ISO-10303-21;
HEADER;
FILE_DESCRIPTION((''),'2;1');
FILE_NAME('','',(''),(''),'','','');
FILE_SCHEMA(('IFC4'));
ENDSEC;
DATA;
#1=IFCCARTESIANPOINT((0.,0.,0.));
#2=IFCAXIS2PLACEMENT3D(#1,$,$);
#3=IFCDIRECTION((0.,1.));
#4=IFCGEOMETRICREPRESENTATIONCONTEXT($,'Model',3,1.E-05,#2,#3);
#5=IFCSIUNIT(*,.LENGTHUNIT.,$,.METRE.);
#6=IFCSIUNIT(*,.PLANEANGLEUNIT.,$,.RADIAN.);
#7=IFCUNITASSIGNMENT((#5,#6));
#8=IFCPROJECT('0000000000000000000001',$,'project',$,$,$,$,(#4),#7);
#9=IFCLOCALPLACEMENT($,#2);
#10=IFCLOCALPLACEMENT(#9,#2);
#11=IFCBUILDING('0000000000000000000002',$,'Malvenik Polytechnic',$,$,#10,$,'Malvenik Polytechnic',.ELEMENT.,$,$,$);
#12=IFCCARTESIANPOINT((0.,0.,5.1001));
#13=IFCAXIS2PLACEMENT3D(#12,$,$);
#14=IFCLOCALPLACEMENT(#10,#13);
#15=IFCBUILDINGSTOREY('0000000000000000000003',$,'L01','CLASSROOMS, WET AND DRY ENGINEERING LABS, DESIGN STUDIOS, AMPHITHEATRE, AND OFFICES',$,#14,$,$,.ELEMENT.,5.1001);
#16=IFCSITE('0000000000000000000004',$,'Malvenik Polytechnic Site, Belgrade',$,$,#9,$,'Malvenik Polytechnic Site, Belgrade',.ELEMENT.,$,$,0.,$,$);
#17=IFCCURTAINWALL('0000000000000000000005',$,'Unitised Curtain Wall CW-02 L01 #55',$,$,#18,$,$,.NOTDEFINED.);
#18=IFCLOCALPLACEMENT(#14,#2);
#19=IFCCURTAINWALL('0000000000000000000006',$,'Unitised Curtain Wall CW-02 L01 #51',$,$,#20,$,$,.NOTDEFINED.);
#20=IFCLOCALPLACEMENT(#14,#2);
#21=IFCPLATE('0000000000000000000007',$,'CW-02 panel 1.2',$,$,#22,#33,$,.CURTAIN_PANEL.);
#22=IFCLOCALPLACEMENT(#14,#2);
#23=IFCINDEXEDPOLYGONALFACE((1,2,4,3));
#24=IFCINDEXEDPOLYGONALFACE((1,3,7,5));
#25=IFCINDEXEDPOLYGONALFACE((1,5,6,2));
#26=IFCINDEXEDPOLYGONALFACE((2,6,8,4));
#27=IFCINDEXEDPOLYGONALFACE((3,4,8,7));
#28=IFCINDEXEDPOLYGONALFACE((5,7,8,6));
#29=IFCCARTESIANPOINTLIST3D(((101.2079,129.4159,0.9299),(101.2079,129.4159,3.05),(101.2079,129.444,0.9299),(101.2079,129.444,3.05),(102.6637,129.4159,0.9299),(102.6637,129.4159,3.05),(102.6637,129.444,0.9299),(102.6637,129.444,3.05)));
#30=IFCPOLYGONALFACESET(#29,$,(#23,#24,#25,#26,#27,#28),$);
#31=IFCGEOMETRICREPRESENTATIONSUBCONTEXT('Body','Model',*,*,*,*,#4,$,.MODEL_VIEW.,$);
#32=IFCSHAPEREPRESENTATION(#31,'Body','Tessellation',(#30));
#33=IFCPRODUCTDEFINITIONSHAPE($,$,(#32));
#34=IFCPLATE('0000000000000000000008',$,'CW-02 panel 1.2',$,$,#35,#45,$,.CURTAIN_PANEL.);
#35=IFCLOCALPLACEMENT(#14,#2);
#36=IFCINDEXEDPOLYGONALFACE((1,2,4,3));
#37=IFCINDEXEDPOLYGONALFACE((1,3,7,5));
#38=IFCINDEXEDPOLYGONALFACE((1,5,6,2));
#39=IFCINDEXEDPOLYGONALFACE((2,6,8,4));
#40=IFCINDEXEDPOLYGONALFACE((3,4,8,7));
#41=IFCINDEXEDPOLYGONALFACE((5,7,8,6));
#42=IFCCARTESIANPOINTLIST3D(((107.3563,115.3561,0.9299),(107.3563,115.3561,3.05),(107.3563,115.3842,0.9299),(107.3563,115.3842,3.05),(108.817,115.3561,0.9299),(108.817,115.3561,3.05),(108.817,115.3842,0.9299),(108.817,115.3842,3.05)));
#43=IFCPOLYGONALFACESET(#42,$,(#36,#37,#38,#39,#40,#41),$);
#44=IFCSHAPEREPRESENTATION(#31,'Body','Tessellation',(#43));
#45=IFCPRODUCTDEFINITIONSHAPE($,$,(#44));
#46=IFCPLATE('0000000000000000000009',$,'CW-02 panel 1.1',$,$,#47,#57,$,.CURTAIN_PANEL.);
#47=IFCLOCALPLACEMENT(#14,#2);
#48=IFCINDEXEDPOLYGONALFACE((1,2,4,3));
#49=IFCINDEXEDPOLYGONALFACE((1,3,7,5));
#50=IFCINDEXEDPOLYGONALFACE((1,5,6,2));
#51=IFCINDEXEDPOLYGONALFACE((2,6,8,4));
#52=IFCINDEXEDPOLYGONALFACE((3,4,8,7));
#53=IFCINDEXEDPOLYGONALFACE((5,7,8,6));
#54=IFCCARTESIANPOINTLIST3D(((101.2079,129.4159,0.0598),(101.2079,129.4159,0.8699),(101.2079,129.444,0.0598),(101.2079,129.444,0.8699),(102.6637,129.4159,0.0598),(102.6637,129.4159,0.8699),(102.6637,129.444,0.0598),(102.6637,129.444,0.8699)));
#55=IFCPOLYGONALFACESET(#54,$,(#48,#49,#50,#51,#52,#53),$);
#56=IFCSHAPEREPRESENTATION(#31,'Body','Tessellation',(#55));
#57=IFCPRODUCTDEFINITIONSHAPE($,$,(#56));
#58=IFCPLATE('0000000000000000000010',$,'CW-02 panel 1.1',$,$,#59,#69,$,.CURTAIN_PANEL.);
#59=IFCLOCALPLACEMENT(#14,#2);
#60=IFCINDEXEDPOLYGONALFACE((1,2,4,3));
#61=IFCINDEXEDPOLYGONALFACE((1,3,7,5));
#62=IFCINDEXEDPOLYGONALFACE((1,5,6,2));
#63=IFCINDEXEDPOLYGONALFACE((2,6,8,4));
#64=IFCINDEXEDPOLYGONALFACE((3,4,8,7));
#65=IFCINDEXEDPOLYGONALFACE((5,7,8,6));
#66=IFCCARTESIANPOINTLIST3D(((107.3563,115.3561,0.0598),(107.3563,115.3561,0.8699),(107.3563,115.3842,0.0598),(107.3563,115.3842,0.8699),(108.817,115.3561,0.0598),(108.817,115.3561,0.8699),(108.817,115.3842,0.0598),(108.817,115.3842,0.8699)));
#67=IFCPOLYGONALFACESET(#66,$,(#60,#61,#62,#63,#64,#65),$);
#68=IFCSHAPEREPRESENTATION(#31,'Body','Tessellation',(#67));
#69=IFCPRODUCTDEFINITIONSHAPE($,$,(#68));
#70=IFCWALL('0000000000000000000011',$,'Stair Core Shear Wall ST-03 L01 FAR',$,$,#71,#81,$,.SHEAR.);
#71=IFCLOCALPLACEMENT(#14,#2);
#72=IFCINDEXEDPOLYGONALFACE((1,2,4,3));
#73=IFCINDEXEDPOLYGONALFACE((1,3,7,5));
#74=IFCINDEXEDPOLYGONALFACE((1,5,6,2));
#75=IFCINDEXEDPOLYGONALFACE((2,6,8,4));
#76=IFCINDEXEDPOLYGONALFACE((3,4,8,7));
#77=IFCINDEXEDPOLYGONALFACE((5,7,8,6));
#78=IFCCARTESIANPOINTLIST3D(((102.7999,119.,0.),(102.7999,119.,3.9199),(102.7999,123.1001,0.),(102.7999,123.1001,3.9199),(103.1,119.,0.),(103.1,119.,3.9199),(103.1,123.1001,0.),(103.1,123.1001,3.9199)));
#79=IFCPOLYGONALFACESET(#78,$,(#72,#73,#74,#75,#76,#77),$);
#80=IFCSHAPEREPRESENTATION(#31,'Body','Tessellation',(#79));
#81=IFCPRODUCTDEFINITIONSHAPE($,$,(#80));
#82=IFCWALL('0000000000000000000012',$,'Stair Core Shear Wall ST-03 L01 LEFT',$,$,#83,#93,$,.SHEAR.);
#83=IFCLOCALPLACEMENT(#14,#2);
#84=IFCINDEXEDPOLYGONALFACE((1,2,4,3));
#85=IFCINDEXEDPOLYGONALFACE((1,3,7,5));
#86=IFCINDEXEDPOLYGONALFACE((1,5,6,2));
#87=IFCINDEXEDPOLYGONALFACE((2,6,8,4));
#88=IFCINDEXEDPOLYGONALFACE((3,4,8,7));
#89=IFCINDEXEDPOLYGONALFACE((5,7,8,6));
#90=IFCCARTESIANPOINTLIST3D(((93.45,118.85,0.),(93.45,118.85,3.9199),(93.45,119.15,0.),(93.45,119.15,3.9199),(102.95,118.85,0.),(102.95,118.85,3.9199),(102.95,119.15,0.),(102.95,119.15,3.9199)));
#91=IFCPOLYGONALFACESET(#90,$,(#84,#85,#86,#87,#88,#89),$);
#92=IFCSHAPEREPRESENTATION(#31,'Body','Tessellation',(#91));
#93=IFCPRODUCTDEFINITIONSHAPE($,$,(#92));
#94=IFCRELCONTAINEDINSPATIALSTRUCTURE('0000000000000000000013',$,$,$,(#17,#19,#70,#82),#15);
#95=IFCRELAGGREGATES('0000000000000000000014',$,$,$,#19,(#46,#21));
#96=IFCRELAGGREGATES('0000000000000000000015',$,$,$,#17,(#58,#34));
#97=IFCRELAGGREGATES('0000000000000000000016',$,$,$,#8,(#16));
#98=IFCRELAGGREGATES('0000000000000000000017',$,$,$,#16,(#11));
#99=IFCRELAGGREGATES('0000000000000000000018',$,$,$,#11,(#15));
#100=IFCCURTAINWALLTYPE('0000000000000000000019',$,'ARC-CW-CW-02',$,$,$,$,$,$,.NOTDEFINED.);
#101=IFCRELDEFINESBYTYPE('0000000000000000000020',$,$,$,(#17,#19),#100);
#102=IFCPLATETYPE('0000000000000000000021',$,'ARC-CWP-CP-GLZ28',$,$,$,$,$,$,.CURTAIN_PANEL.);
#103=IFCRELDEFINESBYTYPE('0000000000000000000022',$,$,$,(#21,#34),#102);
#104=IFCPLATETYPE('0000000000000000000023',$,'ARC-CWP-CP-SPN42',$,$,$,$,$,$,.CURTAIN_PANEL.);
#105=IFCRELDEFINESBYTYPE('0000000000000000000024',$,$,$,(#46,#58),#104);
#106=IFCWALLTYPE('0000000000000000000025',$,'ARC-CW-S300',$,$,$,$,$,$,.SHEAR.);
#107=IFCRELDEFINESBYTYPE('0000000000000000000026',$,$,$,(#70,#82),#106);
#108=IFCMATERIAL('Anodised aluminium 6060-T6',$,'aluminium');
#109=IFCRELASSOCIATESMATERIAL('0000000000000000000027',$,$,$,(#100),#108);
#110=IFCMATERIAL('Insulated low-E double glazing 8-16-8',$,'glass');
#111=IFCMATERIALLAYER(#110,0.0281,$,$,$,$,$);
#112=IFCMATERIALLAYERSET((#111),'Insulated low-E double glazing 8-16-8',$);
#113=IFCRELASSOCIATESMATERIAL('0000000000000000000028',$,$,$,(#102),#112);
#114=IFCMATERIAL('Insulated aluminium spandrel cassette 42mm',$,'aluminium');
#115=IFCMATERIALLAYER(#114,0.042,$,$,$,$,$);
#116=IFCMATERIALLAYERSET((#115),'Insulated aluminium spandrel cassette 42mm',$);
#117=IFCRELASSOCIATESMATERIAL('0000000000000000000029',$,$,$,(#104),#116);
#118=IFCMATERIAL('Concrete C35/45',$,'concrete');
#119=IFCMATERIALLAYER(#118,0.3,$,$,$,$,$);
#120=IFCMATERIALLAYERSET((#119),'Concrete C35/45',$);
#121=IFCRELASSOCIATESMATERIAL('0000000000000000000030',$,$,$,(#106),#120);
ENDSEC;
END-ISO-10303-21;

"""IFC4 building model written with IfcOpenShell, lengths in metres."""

from ifc_helpers import new_model, si_unit, direction, frame, frame_2d, origin, origin_2d, place, context, subcontext, project, spatial, rectangle, extrude, material, layer, layer_set, type_object, element, aggregate, save


model = new_model("IFC4")

# Units and contexts
model_context = context("Model", 3, precision=1e-05, world=origin(), true_north=direction((0.0, 1.0)))
body_context = subcontext(model_context, "Body", "Model", "MODEL_VIEW")
ifc_project = project(units=[si_unit("LENGTHUNIT", "METRE"), si_unit("PLANEANGLEUNIT", "RADIAN")], contexts=[model_context])

# Site, building, storey
site_placement = place(None, origin())
site = spatial("IfcSite", under=ifc_project, at=site_placement, Name="Malvenik Polytechnic Site, Belgrade", LongName="Malvenik Polytechnic Site, Belgrade", CompositionType="ELEMENT", RefElevation=0.0)
building_placement = place(site_placement, origin())
building = spatial("IfcBuilding", under=site, at=building_placement, Name="Malvenik Polytechnic", LongName="Malvenik Polytechnic", CompositionType="ELEMENT")
storey_placement = place(building_placement, frame((0.0, 0.0, 5.1001)))
storey = spatial("IfcBuildingStorey", under=building, at=storey_placement, Name="L01", Description="CLASSROOMS, WET AND DRY ENGINEERING LABS, DESIGN STUDIOS, AMPHITHEATRE, AND OFFICES", CompositionType="ELEMENT", Elevation=5.1001)

# Curtain walls
ifc_material_1 = material(Name="Anodised aluminium 6060-T6", Category="aluminium")
curtain_wall_type = type_object("IfcCurtainWallType", Name="ARC-CW-CW-02", PredefinedType="NOTDEFINED", material=ifc_material_1)
curtain_wall_1_placement = place(storey_placement, origin())
curtain_wall_1 = element("IfcCurtainWall", 1, at=curtain_wall_1_placement, inside=storey, type_object=curtain_wall_type, Name="Unitised Curtain Wall CW-02 L01 #55", PredefinedType="NOTDEFINED")
curtain_wall_2_placement = place(storey_placement, origin())
curtain_wall_2 = element("IfcCurtainWall", 2, at=curtain_wall_2_placement, inside=storey, type_object=curtain_wall_type, Name="Unitised Curtain Wall CW-02 L01 #51", PredefinedType="NOTDEFINED")

# Plates
ifc_material_2 = material(Name="Insulated low-E double glazing 8-16-8", Category="glass")
ifc_layer_1 = layer(ifc_material_2, 0.0281)
ifc_layer_set_1 = layer_set([ifc_layer_1], Name="Insulated low-E double glazing 8-16-8")
plate_type_1 = type_object("IfcPlateType", Name="ARC-CWP-CP-GLZ28", PredefinedType="CURTAIN_PANEL", material=ifc_layer_set_1)
plate_1_placement = place(storey_placement, frame((101.9358, 129.4299, 0.9299), z_axis=(0.0, 0.0, 1.0), x_axis=(1.0, 0.0, 0.0)))
plate_1 = element("IfcPlate", 3, at=plate_1_placement, type_object=plate_type_1, Name="CW-02 panel 1.2", PredefinedType="CURTAIN_PANEL", context=body_context, shape_type="SweptSolid", body=[
    extrude(rectangle(XDim=1.4558, YDim=0.0281, at=origin_2d()), origin(), (0.0, 0.0, 1.0), 2.1201),
])
plate_2_placement = place(storey_placement, frame((108.0867, 115.3701, 0.9299), z_axis=(0.0, 0.0, 1.0), x_axis=(-1.0, 0.0, 0.0)))
plate_2 = element("IfcPlate", 4, at=plate_2_placement, type_object=plate_type_1, Name="CW-02 panel 1.2", PredefinedType="CURTAIN_PANEL", context=body_context, shape_type="SweptSolid", body=[
    extrude(rectangle(XDim=1.4607, YDim=0.0281, at=origin_2d()), origin(), (0.0, 0.0, 1.0), 2.1201),
])
ifc_material_3 = material(Name="Insulated aluminium spandrel cassette 42mm", Category="aluminium")
ifc_layer_2 = layer(ifc_material_3, 0.042)
ifc_layer_set_2 = layer_set([ifc_layer_2], Name="Insulated aluminium spandrel cassette 42mm")
plate_type_2 = type_object("IfcPlateType", Name="ARC-CWP-CP-SPN42", PredefinedType="CURTAIN_PANEL", material=ifc_layer_set_2)
plate_3_placement = place(storey_placement, frame((101.9358, 129.4299, 0.0598), z_axis=(0.0, 0.0, 1.0), x_axis=(1.0, 0.0, 0.0)))
plate_3 = element("IfcPlate", 5, at=plate_3_placement, type_object=plate_type_2, Name="CW-02 panel 1.1", PredefinedType="CURTAIN_PANEL", context=body_context, shape_type="SweptSolid", body=[
    extrude(rectangle(XDim=1.4558, YDim=0.0281, at=origin_2d()), origin(), (0.0, 0.0, 1.0), 0.8101),
])
aggregate(curtain_wall_2, [plate_3, plate_1])
plate_4_placement = place(storey_placement, frame((108.0867, 115.3701, 0.0598), z_axis=(0.0, 0.0, 1.0), x_axis=(-1.0, 0.0, 0.0)))
plate_4 = element("IfcPlate", 6, at=plate_4_placement, type_object=plate_type_2, Name="CW-02 panel 1.1", PredefinedType="CURTAIN_PANEL", context=body_context, shape_type="SweptSolid", body=[
    extrude(rectangle(XDim=1.4607, YDim=0.0281, at=origin_2d()), origin(), (0.0, 0.0, 1.0), 0.8101),
])
aggregate(curtain_wall_1, [plate_4, plate_2])

# Walls
ifc_material_4 = material(Name="Concrete C35/45", Category="concrete")
ifc_layer_3 = layer(ifc_material_4, 0.3)
ifc_layer_set_3 = layer_set([ifc_layer_3], Name="Concrete C35/45")
wall_type = type_object("IfcWallType", Name="ARC-CW-S300", PredefinedType="SHEAR", material=ifc_layer_set_3)
wall_1_placement = place(storey_placement, frame((102.95, 123.1001, 0.0), z_axis=(0.0, 0.0, 1.0), x_axis=(0.0, -1.0, 0.0)))
element("IfcWall", 7, at=wall_1_placement, inside=storey, type_object=wall_type, Name="Stair Core Shear Wall ST-03 L01 FAR", PredefinedType="SHEAR", context=body_context, shape_type="SweptSolid", body=[
    extrude(rectangle(XDim=4.1001, YDim=0.3, at=frame_2d((2.05, 0.0))), origin(), (0.0, 0.0, 1.0), 3.9199),
])
wall_2_placement = place(storey_placement, frame((102.95, 119.0, 0.0), z_axis=(0.0, 0.0, 1.0), x_axis=(-1.0, 0.0, 0.0)))
element("IfcWall", 8, at=wall_2_placement, inside=storey, type_object=wall_type, Name="Stair Core Shear Wall ST-03 L01 LEFT", PredefinedType="SHEAR", context=body_context, shape_type="SweptSolid", body=[
    extrude(rectangle(XDim=9.5, YDim=0.3, at=frame_2d((4.75, 0.0))), origin(), (0.0, 0.0, 1.0), 3.9199),
])

save(model, "model.ifc")
